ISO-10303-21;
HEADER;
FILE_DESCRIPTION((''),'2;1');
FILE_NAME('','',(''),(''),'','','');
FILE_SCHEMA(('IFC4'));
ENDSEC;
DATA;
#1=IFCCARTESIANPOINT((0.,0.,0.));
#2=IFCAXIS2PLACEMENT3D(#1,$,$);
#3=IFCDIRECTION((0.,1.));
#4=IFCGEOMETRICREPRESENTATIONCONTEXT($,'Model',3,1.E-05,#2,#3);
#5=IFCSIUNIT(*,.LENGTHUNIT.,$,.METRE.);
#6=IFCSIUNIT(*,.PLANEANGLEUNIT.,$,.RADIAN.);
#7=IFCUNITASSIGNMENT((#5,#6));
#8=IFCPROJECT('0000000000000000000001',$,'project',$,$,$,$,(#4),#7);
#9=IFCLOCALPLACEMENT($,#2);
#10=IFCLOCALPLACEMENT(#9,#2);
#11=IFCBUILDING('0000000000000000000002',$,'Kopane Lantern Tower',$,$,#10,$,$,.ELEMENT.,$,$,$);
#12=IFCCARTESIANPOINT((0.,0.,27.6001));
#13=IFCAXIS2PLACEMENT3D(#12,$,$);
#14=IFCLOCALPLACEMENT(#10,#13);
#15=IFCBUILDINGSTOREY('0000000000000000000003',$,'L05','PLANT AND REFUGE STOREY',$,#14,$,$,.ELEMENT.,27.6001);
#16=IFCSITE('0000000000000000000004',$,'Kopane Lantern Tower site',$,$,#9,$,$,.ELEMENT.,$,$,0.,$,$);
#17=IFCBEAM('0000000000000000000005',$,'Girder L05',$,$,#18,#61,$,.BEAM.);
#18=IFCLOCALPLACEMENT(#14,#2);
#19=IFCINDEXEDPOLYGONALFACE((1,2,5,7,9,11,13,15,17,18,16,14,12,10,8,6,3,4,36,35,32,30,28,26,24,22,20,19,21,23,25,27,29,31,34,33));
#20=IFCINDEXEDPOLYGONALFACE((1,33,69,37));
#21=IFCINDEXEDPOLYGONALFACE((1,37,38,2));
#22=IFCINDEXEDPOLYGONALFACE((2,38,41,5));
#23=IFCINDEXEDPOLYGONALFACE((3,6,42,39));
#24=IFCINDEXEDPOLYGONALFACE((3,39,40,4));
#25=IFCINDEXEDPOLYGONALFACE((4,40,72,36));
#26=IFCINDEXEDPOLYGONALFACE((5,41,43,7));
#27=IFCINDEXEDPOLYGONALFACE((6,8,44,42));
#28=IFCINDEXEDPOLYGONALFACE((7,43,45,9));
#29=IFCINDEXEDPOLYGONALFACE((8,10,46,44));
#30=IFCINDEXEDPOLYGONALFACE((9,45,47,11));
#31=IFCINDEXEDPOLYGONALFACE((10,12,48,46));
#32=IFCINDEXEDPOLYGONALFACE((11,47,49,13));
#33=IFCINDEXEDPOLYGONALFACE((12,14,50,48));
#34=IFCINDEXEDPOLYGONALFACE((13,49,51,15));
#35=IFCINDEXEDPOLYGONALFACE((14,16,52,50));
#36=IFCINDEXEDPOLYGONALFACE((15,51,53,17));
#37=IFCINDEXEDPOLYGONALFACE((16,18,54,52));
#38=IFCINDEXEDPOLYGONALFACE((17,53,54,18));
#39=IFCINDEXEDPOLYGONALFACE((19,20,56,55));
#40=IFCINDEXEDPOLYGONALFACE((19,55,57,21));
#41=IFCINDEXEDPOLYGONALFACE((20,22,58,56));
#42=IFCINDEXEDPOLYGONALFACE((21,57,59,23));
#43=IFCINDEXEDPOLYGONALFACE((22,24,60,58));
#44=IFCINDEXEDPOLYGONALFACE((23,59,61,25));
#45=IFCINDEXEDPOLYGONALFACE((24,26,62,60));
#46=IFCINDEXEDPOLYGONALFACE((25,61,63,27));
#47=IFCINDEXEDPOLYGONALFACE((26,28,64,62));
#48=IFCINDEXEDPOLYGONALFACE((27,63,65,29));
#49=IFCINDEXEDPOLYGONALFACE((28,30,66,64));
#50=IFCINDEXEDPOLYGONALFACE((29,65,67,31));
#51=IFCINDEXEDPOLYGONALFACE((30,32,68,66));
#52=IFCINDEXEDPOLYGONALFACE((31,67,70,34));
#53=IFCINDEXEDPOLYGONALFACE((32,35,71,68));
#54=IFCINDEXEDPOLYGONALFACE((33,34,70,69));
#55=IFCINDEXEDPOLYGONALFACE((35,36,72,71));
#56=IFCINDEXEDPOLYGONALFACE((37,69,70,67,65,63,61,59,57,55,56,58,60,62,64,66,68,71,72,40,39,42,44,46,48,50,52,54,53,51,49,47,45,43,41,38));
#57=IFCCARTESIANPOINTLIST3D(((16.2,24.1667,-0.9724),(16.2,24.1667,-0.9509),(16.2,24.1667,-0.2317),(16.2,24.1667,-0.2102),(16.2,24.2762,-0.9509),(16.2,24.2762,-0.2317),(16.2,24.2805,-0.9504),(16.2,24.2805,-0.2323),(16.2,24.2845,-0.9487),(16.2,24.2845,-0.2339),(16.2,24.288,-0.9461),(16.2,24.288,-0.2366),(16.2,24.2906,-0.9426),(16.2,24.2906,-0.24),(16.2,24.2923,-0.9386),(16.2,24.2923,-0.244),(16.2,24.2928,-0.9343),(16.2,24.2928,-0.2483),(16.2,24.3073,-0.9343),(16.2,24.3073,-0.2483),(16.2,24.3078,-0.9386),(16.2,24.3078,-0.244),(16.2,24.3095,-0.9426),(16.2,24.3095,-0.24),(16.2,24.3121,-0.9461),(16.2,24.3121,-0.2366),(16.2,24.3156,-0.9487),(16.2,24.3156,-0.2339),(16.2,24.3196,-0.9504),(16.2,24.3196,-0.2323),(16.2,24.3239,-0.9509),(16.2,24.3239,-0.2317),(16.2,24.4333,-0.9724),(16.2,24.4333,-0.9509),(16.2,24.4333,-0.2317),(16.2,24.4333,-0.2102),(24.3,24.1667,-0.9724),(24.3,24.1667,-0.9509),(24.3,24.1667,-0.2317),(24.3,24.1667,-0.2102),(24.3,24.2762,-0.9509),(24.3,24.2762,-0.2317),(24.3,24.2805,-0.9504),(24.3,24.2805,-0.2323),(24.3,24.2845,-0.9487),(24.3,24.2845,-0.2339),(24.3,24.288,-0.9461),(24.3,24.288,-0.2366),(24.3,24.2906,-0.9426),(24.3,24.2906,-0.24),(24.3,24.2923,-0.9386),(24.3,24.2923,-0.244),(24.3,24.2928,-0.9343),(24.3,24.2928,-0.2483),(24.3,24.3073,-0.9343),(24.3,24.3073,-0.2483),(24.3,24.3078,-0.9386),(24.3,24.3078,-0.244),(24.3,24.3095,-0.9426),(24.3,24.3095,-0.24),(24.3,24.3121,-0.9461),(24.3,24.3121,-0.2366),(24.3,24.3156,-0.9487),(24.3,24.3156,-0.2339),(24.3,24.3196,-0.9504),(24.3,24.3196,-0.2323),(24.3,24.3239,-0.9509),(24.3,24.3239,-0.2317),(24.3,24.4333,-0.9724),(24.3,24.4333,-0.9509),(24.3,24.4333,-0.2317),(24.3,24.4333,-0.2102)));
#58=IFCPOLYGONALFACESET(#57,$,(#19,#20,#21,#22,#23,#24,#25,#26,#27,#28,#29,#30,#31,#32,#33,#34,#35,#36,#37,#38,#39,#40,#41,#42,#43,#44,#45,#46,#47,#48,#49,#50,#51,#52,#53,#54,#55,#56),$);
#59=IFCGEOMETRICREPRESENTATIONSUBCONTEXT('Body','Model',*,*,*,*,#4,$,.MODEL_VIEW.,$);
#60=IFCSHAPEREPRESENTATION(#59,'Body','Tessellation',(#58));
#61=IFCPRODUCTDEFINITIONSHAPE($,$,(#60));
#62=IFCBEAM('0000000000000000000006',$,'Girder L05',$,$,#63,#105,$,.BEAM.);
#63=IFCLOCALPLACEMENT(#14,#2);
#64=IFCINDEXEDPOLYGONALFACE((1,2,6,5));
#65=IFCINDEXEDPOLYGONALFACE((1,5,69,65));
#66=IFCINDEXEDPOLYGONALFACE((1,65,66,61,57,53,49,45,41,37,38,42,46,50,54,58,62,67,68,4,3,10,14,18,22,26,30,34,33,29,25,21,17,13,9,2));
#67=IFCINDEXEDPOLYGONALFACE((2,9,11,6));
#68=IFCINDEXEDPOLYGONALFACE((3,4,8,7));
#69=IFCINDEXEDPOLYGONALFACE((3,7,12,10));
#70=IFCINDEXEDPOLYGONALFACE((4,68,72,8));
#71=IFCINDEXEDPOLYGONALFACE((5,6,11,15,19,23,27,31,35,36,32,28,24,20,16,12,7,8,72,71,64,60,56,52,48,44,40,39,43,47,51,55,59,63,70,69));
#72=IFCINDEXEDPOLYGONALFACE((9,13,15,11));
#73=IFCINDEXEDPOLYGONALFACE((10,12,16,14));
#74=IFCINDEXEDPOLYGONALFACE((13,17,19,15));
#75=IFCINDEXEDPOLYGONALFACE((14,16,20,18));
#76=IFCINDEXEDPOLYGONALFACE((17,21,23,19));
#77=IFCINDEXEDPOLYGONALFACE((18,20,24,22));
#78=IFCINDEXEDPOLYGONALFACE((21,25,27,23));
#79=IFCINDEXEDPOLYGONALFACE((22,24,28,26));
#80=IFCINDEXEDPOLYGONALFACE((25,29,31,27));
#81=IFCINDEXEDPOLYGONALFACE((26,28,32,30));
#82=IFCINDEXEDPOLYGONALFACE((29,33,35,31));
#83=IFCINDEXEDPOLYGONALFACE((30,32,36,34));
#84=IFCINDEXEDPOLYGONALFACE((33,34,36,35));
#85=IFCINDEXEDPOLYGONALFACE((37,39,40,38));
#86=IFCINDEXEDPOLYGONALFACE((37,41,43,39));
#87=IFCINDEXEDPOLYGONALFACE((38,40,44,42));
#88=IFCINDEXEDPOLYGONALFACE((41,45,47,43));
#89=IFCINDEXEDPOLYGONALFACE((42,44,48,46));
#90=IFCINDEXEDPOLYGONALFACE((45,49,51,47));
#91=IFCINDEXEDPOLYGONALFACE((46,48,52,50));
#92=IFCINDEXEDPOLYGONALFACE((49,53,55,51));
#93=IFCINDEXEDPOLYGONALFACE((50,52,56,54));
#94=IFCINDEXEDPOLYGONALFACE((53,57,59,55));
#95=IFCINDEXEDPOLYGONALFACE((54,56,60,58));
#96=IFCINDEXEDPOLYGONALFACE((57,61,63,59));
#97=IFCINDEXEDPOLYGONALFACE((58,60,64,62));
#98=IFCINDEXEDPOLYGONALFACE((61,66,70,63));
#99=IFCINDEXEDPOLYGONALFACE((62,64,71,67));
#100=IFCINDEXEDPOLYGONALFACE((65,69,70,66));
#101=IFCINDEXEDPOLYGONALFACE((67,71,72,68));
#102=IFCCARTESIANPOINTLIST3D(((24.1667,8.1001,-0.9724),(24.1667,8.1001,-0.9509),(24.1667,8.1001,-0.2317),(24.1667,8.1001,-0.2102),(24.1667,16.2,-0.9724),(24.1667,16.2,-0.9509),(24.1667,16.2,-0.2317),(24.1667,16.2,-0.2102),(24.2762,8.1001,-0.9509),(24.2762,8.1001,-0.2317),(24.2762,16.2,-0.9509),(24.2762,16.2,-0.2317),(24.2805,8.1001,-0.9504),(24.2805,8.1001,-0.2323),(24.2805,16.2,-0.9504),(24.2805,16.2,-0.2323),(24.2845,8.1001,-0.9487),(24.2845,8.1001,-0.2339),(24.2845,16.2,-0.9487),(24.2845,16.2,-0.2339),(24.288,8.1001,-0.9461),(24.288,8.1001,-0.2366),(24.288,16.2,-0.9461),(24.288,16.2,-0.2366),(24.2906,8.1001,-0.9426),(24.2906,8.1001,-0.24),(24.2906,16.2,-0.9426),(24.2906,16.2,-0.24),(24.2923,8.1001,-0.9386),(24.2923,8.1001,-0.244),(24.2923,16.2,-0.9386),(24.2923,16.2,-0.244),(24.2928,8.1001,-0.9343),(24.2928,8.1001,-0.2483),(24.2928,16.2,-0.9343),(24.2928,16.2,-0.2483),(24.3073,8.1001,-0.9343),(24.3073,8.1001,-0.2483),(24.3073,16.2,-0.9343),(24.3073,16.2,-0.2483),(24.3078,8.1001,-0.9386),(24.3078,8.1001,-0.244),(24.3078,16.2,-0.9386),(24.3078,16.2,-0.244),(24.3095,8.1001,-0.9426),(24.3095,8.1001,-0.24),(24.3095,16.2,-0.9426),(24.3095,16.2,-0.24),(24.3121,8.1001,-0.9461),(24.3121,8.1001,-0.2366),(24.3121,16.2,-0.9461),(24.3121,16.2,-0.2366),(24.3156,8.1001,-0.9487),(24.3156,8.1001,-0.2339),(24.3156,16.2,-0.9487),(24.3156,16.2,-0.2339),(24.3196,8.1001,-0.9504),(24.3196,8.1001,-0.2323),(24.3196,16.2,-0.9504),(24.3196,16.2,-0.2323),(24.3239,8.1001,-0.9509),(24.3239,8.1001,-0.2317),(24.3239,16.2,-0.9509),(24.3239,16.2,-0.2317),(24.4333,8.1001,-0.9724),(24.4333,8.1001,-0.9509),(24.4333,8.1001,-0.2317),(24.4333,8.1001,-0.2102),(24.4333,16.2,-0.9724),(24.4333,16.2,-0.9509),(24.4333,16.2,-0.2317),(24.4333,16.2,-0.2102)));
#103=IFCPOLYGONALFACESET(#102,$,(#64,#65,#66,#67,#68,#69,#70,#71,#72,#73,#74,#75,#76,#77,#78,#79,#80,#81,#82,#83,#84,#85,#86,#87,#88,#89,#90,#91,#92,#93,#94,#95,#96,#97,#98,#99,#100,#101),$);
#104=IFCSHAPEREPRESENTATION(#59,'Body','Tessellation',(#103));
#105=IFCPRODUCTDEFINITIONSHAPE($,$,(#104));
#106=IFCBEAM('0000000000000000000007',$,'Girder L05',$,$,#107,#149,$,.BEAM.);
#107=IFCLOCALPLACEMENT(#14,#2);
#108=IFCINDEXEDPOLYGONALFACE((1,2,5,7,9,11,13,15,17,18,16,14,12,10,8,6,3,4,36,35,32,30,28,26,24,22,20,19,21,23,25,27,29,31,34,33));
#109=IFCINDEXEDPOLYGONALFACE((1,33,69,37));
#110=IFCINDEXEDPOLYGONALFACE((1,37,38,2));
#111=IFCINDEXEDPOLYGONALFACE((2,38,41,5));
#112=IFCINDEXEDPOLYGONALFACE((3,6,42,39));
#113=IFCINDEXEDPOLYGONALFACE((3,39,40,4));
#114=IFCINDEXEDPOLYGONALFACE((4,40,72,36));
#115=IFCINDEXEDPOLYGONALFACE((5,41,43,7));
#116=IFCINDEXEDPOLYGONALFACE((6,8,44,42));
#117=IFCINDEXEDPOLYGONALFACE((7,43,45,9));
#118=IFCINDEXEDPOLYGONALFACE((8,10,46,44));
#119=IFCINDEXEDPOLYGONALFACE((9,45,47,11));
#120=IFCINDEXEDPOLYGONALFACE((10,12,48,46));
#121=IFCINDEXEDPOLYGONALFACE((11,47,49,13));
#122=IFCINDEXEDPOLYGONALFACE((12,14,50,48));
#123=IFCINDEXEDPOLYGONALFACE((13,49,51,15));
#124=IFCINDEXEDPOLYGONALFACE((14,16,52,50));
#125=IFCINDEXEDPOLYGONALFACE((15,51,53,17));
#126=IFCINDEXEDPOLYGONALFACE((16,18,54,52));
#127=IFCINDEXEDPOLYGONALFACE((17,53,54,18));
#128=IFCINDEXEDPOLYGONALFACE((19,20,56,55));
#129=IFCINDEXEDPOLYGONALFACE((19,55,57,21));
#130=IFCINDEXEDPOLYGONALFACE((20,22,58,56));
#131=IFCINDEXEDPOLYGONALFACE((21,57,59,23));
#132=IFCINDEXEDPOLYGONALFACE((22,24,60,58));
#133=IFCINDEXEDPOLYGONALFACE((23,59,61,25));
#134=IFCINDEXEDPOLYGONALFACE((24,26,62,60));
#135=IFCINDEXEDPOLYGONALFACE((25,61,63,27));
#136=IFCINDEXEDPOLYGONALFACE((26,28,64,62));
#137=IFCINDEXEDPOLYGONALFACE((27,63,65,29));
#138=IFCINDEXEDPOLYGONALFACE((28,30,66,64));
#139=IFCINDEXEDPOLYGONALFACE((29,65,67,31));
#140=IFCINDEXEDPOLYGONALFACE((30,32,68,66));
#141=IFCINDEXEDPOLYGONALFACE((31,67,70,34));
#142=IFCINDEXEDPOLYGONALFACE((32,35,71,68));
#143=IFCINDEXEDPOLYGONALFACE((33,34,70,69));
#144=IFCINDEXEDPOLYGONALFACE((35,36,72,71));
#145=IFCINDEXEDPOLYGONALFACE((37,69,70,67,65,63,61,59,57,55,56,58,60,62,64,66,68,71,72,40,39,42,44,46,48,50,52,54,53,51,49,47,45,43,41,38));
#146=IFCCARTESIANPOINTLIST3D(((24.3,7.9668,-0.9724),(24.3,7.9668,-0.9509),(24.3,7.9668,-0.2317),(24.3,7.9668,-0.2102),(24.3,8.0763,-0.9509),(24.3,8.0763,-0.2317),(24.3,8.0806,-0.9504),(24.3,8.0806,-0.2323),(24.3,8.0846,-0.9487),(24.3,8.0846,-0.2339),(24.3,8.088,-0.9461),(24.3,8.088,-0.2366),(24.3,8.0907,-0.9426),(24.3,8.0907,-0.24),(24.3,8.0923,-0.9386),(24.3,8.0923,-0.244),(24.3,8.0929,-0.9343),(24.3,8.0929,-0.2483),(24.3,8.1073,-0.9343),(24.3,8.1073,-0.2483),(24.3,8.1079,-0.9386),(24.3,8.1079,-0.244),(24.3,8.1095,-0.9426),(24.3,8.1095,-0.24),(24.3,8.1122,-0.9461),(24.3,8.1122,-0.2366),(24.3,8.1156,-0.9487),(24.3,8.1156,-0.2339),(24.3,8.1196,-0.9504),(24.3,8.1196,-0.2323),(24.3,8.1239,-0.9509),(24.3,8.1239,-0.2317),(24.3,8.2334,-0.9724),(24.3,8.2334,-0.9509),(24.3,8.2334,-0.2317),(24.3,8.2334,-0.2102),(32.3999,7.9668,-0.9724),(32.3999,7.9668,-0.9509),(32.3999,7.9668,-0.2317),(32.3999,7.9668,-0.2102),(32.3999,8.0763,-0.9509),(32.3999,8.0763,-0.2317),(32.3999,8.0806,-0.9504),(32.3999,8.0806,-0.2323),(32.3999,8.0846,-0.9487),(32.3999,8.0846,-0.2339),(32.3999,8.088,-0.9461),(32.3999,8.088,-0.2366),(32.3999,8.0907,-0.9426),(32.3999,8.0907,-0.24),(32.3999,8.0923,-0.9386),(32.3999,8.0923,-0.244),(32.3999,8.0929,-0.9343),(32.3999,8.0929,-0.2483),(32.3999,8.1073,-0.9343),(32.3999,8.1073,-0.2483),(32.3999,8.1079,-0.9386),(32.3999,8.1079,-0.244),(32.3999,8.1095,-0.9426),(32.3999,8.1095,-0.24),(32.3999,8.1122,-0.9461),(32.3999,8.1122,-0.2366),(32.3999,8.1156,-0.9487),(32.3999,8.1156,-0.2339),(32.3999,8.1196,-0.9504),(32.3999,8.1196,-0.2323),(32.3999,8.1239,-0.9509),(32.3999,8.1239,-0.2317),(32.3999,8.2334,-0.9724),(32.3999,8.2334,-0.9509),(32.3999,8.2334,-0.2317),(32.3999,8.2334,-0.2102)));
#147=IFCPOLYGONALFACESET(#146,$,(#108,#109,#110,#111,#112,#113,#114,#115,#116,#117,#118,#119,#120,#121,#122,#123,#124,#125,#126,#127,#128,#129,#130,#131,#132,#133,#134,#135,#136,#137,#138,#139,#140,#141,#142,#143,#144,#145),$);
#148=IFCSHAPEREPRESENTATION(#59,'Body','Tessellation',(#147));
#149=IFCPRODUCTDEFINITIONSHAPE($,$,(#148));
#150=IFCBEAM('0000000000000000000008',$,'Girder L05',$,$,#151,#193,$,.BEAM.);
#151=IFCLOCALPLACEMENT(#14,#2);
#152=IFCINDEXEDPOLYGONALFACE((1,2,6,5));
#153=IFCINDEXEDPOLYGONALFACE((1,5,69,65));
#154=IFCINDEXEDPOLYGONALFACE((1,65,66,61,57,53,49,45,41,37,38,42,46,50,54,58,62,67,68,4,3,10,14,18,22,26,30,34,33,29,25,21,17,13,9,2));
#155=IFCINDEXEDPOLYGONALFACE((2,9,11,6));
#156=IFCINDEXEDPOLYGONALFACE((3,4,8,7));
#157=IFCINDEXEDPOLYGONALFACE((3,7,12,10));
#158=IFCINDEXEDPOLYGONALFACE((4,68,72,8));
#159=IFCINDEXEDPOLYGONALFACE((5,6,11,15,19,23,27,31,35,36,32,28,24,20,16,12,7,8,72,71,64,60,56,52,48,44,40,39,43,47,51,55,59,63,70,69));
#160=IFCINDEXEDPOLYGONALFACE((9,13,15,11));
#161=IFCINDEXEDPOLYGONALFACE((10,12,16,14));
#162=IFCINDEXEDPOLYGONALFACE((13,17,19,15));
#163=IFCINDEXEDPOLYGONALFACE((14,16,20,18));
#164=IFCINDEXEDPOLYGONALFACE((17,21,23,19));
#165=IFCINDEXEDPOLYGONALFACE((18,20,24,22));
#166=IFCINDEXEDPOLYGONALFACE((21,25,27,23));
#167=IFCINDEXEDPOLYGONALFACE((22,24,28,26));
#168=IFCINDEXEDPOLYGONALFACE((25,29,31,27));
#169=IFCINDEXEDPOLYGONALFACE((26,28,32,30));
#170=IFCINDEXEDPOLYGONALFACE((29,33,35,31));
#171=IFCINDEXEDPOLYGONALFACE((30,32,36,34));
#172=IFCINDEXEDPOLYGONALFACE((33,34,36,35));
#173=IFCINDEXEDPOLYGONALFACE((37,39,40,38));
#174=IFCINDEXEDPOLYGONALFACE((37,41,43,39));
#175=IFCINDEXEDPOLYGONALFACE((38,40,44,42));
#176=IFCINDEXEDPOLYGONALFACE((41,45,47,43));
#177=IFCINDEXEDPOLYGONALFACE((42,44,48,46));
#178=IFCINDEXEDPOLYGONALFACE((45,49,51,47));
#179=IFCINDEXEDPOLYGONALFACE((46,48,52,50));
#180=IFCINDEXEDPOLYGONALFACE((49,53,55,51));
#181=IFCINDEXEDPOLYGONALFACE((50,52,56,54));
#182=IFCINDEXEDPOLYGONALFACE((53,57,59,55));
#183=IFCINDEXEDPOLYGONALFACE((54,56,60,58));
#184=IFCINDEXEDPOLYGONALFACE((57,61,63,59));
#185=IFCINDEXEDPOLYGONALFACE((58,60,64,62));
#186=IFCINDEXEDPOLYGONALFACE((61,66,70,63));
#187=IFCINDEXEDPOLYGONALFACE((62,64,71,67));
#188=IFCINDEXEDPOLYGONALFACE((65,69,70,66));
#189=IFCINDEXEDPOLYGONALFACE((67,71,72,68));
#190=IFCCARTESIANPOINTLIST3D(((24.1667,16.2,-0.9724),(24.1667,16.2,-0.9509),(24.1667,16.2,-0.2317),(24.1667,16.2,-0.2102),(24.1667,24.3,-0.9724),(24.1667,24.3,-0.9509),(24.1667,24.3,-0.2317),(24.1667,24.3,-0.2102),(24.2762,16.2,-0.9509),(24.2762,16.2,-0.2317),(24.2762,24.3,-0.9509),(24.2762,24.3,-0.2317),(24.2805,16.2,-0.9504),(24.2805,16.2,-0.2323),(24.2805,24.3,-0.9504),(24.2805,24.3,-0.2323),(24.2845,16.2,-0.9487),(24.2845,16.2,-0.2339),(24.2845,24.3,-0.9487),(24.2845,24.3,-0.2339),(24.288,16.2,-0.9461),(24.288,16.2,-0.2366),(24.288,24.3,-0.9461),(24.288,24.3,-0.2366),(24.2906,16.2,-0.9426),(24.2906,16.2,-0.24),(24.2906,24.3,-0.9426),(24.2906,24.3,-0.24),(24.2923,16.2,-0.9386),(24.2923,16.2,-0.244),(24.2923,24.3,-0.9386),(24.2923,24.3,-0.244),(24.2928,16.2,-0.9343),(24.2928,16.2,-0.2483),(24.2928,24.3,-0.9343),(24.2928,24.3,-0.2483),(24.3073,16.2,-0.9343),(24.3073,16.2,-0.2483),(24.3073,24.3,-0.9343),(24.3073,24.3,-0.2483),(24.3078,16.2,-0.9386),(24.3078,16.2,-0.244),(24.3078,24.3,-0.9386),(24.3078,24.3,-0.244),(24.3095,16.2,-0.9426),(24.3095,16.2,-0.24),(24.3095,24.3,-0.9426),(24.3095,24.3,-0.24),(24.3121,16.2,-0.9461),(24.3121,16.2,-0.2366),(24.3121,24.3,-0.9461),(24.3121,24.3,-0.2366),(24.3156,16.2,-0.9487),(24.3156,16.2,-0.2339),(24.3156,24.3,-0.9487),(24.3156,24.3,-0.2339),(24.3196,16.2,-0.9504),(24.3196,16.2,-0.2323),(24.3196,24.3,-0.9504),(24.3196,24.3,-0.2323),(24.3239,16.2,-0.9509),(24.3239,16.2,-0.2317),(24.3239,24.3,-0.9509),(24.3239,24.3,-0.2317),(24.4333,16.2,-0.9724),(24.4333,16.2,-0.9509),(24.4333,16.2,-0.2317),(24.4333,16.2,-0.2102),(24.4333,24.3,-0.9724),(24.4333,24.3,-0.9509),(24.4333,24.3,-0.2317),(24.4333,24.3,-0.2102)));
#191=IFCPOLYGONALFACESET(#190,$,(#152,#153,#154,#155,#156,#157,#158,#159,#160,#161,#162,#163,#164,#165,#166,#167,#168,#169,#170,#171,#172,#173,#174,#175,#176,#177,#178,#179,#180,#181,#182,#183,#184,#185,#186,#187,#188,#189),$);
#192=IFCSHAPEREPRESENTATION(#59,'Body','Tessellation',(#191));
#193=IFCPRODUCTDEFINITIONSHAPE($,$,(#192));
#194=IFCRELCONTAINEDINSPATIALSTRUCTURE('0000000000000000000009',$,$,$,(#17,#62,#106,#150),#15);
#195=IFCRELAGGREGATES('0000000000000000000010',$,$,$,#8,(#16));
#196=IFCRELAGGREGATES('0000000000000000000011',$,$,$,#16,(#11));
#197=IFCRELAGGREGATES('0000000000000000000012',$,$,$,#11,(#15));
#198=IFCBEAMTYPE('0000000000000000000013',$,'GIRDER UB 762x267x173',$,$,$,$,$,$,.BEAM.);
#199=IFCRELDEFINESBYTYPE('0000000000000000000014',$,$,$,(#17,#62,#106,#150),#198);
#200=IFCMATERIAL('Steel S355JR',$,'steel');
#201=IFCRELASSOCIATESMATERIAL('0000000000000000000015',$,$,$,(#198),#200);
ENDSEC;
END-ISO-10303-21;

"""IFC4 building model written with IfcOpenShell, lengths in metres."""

from ifc_helpers import new_model, si_unit, direction, frame, origin, origin_2d, place, context, subcontext, project, spatial, i_section, extrude, material, material_profile, profile_set, type_object, element, save


model = new_model("IFC4")

# Units and contexts
model_context = context("Model", 3, precision=1e-05, world=origin(), true_north=direction((0.0, 1.0)))
body_context = subcontext(model_context, "Body", "Model", "MODEL_VIEW")
ifc_project = project(units=[si_unit("LENGTHUNIT", "METRE"), si_unit("PLANEANGLEUNIT", "RADIAN")], contexts=[model_context])

# Site, building, storey
site_placement = place(None, origin())
site = spatial("IfcSite", under=ifc_project, at=site_placement, Name="Kopane Lantern Tower site", CompositionType="ELEMENT", RefElevation=0.0)
building_placement = place(site_placement, origin())
building = spatial("IfcBuilding", under=site, at=building_placement, Name="Kopane Lantern Tower", CompositionType="ELEMENT")
storey_placement = place(building_placement, frame((0.0, 0.0, 27.6001)))
storey = spatial("IfcBuildingStorey", under=building, at=storey_placement, Name="L05", Description="PLANT AND REFUGE STOREY", CompositionType="ELEMENT", Elevation=27.6001)

# Beams
ifc_material_1 = material(Name="Steel S355JR", Category="steel")
ifc_material_profile_1 = material_profile(ifc_material_1, i_section(OverallWidth=0.2666, OverallDepth=0.7622, WebThickness=0.0144, FlangeThickness=0.0215, FilletRadius=0.0166, at=origin_2d()), Name="UB 762x267x173")
ifc_profile_set_1 = profile_set([ifc_material_profile_1], Name="Steel S355JR")
beam_type_1 = type_object("IfcBeamType", Name="GIRDER UB 762x267x173", PredefinedType="BEAM", material=ifc_profile_set_1)
beam_1_placement = place(storey_placement, frame((16.2, 24.3, -0.5913), z_axis=(1.0, 0.0, 0.0), x_axis=(0.0, 1.0, 0.0)))
element("IfcBeam", 1, at=beam_1_placement, inside=storey, type_object=beam_type_1, Name="Girder L05", PredefinedType="BEAM", context=body_context, shape_type="SweptSolid", body=[
    extrude(i_section(OverallWidth=0.2666, OverallDepth=0.7622, WebThickness=0.0144, FlangeThickness=0.0215, FilletRadius=0.0166, at=origin_2d()), origin(), (0.0, 0.0, 1.0), 8.1001),
])
for number, where, z_axis, x_axis, name in (
    (2, (24.3, 8.1001, -0.5913), (0.0, 1.0, 0.0), (-1.0, 0.0, 0.0), "Girder L05"),
    (3, (24.3, 8.1001, -0.5913), (1.0, 0.0, 0.0), (0.0, 1.0, 0.0), "Girder L05"),
):
    element("IfcBeam", number, at=place(storey_placement, frame(where, z_axis=z_axis, x_axis=x_axis)), inside=storey, type_object=beam_type_1, Name=name, PredefinedType="BEAM", context=body_context, shape_type="SweptSolid", body=[
        extrude(i_section(OverallWidth=0.2666, OverallDepth=0.7622, WebThickness=0.0144, FlangeThickness=0.0215, FilletRadius=0.0166, at=origin_2d()), origin(), (0.0, 0.0, 1.0), 8.0999),
    ])
beam_2_placement = place(storey_placement, frame((24.3, 16.2, -0.5913), z_axis=(0.0, 1.0, 0.0), x_axis=(-1.0, 0.0, 0.0)))
element("IfcBeam", 4, at=beam_2_placement, inside=storey, type_object=beam_type_1, Name="Girder L05", PredefinedType="BEAM", context=body_context, shape_type="SweptSolid", body=[
    extrude(i_section(OverallWidth=0.2666, OverallDepth=0.7622, WebThickness=0.0144, FlangeThickness=0.0215, FilletRadius=0.0166, at=origin_2d()), origin(), (0.0, 0.0, 1.0), 8.1001),
])

save(model, "model.ifc")
